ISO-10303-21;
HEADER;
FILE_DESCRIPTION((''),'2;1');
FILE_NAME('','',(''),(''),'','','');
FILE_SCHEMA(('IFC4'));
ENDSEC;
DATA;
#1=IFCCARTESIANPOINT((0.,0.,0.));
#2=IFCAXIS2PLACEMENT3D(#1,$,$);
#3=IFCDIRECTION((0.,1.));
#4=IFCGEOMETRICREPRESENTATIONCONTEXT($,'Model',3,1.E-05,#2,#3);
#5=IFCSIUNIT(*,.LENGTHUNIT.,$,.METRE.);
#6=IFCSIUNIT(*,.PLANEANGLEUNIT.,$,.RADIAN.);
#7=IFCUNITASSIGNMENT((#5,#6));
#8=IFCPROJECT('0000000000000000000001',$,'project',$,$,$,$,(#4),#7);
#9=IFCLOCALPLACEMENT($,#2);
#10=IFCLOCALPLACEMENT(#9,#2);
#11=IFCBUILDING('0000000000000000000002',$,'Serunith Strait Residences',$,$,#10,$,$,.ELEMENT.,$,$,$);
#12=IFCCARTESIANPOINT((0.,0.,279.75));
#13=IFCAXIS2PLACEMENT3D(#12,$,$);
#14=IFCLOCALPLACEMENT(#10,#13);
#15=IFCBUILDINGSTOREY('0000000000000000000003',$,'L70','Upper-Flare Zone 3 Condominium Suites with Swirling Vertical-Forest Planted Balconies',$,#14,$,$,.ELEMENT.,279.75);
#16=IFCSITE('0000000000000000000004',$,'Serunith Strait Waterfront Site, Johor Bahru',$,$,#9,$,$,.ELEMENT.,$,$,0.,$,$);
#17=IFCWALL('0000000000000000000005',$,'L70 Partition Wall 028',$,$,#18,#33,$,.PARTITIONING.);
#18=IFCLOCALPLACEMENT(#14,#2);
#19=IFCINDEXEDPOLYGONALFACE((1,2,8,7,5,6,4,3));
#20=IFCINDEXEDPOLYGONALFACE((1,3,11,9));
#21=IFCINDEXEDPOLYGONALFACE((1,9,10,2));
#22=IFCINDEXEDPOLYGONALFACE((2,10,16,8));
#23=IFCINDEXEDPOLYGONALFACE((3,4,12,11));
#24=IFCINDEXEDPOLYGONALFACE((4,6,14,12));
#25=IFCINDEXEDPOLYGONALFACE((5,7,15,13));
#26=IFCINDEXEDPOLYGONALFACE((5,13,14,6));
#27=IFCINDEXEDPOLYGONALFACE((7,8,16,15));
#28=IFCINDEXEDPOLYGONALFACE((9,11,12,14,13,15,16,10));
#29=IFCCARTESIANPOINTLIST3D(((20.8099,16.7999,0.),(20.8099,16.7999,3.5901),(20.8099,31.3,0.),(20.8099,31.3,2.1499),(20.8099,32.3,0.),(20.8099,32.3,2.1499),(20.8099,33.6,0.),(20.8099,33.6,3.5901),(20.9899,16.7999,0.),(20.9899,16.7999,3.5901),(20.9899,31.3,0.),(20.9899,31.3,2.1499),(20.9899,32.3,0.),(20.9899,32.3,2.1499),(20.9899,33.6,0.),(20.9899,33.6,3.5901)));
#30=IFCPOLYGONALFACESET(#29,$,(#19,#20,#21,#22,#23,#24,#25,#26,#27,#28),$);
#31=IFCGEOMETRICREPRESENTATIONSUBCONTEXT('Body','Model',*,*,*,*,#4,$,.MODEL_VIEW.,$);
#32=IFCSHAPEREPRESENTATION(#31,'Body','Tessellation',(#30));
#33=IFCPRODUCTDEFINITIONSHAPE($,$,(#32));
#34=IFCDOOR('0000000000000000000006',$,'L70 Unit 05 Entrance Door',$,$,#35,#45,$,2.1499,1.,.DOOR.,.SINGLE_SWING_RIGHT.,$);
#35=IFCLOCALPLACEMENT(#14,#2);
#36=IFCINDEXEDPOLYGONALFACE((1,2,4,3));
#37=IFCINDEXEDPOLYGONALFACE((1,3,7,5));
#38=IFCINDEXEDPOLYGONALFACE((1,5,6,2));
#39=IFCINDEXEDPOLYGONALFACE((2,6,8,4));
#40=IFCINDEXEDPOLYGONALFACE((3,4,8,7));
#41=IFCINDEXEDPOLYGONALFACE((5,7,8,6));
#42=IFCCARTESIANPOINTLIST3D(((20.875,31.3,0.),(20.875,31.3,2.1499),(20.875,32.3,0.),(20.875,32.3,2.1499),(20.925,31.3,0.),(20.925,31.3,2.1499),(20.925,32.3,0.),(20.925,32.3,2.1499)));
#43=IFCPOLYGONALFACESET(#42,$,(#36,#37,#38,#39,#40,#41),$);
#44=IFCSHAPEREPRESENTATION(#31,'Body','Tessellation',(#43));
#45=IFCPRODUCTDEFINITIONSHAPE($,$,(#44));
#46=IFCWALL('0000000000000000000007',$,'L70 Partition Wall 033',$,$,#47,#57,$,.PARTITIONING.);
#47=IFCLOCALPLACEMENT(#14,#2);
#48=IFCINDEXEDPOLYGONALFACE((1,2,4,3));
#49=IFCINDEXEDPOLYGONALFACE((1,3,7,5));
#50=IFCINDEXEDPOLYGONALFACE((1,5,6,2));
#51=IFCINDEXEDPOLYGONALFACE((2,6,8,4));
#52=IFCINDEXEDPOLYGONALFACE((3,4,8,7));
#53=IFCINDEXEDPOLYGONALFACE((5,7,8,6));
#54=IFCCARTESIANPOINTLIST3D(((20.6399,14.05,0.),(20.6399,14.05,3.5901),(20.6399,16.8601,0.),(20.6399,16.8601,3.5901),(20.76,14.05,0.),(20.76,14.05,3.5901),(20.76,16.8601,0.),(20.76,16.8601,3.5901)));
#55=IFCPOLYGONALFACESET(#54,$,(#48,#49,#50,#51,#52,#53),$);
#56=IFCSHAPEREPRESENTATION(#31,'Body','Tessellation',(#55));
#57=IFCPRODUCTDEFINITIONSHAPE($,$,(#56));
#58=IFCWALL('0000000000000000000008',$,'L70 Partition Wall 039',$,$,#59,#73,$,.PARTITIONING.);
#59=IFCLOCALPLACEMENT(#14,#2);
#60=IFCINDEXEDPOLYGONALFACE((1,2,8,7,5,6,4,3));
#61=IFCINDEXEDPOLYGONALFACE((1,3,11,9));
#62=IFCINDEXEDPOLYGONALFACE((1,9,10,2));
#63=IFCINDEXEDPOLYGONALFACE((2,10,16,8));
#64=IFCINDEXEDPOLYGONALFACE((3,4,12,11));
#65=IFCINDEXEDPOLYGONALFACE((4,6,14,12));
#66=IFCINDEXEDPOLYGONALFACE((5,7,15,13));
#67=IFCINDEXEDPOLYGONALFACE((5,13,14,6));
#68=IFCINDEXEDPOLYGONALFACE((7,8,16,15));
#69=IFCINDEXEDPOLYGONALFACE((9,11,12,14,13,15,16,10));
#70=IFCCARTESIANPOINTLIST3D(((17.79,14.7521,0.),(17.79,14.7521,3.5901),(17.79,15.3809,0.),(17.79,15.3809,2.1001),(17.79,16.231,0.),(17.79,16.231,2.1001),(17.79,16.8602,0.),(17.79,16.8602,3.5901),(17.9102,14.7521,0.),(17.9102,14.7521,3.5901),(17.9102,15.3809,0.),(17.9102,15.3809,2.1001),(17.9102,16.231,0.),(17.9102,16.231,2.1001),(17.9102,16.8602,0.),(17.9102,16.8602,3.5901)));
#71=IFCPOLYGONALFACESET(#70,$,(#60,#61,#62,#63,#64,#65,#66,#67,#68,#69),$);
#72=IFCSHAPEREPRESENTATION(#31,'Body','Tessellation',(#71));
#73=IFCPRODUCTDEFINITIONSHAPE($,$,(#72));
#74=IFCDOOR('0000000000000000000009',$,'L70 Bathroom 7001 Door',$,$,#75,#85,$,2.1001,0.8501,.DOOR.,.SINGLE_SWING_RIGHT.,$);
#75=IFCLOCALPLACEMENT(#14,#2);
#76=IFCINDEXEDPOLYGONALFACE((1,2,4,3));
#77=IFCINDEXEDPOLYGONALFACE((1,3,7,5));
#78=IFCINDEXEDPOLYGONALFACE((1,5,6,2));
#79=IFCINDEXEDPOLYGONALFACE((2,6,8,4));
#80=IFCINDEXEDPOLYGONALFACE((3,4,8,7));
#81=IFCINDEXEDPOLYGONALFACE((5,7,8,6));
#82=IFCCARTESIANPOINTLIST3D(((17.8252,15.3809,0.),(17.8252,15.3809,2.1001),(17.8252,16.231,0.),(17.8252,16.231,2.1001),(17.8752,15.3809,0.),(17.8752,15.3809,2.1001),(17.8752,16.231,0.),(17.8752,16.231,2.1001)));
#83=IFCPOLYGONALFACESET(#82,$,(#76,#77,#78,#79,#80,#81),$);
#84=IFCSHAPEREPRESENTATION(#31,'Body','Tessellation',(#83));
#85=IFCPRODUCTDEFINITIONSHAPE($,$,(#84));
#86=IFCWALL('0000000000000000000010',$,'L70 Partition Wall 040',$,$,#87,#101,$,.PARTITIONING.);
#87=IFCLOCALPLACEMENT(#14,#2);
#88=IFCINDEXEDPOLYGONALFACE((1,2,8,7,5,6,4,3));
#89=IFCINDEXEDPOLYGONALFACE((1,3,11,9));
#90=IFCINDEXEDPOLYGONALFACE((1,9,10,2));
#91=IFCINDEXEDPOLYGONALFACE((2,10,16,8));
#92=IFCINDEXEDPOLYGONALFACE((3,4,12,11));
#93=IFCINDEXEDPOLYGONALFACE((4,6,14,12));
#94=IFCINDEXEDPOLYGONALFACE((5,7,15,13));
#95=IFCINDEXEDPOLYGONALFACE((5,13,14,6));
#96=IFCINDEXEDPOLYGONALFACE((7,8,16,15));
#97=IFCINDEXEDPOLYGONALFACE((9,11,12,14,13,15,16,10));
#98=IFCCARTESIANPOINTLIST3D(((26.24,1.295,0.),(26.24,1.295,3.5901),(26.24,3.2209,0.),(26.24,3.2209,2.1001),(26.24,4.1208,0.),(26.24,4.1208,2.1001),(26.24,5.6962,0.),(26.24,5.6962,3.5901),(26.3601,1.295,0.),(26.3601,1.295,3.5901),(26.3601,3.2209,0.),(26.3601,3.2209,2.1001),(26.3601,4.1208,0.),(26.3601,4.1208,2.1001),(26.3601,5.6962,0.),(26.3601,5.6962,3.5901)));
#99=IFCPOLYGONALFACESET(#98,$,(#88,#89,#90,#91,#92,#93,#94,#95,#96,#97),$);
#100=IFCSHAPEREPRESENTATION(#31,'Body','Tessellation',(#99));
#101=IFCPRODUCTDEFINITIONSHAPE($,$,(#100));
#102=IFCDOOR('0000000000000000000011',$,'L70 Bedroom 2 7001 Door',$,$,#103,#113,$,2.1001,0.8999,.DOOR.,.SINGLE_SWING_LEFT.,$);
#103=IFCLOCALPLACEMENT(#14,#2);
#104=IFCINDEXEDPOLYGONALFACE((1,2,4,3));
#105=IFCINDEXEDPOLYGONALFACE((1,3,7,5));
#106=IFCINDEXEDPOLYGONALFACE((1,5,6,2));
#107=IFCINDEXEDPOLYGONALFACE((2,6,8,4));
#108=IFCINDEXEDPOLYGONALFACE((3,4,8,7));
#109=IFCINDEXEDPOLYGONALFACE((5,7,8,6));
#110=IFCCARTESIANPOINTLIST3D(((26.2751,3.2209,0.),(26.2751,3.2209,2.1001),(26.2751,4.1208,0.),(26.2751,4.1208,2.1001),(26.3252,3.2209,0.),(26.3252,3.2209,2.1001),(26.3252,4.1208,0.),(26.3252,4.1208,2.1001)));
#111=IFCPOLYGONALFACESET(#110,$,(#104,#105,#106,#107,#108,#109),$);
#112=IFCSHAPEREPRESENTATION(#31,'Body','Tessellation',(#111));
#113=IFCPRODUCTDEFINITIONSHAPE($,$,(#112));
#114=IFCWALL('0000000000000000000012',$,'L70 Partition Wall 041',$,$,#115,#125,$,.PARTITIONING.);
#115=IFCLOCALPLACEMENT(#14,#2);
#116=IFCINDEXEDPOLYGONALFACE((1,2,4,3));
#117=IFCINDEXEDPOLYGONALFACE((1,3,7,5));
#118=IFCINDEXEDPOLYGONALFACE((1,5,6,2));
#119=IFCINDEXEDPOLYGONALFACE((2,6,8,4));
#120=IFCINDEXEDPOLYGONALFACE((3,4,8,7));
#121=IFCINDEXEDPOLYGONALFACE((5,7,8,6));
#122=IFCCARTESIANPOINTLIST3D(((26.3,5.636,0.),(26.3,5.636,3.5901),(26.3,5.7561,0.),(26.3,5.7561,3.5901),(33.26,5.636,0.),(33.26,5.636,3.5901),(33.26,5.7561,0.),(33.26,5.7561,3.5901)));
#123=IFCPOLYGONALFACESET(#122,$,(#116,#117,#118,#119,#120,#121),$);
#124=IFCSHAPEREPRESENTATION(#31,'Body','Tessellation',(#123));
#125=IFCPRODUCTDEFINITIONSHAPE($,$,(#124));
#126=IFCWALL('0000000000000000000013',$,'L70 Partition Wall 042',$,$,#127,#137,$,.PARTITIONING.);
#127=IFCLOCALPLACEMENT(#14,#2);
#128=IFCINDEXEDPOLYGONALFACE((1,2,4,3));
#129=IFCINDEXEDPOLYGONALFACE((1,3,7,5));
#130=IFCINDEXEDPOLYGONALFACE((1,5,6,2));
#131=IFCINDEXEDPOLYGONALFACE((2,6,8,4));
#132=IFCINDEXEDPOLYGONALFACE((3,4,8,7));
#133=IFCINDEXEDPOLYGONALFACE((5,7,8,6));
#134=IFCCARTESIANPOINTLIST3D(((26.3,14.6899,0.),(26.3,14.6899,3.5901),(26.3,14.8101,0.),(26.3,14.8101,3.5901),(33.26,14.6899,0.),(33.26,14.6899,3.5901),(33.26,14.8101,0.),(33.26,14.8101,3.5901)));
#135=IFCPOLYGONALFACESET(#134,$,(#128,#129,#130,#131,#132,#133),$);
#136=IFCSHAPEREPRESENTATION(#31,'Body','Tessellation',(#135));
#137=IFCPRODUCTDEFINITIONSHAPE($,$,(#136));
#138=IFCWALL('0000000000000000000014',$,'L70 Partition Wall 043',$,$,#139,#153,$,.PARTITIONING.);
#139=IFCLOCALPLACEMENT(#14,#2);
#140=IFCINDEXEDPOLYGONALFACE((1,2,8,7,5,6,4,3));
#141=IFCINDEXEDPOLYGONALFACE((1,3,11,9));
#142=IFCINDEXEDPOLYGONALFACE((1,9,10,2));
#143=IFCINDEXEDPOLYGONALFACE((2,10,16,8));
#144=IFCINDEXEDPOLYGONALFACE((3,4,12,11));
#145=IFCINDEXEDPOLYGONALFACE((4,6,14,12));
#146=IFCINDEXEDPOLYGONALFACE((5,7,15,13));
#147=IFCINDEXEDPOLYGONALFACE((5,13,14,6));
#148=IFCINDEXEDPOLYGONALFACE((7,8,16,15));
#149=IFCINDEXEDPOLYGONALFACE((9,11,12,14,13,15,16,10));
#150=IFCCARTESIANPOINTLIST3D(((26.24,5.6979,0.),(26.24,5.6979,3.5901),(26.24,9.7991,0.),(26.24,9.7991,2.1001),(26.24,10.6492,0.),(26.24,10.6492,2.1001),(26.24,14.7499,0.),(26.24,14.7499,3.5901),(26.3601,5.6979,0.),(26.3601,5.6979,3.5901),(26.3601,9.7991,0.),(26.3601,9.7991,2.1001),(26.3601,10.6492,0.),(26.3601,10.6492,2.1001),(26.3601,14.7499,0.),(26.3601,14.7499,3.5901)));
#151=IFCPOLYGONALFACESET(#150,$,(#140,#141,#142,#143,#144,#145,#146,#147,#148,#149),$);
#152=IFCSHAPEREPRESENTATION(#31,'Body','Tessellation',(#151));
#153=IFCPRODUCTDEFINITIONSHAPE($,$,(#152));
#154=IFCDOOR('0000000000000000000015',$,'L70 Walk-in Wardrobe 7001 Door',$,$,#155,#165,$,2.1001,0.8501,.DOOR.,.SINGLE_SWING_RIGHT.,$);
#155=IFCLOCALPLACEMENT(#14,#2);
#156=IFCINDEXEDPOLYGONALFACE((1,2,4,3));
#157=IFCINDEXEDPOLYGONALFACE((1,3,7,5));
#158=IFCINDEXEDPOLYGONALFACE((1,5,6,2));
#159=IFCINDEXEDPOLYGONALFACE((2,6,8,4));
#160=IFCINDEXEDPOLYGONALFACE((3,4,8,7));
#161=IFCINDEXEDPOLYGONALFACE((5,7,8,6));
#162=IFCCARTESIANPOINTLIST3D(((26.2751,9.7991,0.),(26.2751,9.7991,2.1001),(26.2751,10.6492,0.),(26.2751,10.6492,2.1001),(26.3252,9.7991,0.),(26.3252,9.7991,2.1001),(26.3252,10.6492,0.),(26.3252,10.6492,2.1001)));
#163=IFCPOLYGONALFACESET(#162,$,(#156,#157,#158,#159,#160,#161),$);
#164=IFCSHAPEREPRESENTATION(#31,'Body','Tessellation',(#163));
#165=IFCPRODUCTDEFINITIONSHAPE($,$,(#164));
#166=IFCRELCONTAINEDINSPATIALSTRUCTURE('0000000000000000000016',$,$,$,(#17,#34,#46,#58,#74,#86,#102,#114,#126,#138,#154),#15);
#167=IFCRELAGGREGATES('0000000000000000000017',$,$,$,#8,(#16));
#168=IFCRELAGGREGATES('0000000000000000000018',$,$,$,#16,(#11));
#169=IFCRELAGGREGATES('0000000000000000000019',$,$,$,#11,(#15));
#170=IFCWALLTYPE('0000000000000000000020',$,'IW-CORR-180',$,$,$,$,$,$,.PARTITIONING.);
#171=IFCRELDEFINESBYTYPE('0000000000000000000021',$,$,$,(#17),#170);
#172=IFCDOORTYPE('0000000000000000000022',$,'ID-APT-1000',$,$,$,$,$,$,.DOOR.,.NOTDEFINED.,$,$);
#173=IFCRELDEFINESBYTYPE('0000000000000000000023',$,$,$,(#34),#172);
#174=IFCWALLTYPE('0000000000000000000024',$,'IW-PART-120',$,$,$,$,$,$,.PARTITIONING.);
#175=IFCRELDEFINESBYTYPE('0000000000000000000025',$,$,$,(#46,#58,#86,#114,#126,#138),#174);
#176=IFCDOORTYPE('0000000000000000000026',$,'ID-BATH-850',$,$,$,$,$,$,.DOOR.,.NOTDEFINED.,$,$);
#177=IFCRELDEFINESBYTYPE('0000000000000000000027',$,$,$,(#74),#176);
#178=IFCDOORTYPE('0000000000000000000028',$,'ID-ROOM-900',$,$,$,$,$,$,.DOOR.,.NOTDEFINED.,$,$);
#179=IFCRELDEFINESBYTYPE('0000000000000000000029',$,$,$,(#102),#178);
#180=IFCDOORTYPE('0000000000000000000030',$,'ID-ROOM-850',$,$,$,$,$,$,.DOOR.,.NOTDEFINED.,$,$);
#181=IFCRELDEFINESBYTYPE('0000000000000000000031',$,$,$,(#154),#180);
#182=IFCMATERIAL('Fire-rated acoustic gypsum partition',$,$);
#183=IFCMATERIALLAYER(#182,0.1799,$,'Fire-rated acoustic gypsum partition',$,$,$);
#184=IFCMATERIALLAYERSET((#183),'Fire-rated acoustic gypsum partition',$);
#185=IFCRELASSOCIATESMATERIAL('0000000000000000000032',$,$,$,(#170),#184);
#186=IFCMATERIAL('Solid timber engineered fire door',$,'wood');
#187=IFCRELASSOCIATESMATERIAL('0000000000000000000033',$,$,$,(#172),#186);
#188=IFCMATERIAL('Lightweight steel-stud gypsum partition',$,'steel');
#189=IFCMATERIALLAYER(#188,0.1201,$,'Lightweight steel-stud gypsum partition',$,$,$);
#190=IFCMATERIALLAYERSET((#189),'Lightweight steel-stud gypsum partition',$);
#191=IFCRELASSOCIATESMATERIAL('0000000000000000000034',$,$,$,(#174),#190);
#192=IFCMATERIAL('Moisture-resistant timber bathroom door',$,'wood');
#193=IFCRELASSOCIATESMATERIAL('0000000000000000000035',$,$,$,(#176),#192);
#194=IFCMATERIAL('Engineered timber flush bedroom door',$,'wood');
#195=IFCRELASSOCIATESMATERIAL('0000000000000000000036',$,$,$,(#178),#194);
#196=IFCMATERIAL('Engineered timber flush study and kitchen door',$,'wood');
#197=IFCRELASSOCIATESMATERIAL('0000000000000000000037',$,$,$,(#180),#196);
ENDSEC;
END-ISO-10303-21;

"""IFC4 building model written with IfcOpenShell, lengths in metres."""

from ifc_helpers import new_model, si_unit, direction, frame, frame_2d, origin, place, context, subcontext, project, spatial, rectangle, extrude, source, transform, mapped, material, layer, layer_set, type_object, element, fill, save


model = new_model("IFC4")

# Units and contexts
model_context = context("Model", 3, precision=1e-05, world=origin(), true_north=direction((0.0, 1.0)))
body_context = subcontext(model_context, "Body", "Model", "MODEL_VIEW")
ifc_project = project(units=[si_unit("LENGTHUNIT", "METRE"), si_unit("PLANEANGLEUNIT", "RADIAN")], contexts=[model_context])

# Site, building, storey
site_placement = place(None, origin())
site = spatial("IfcSite", under=ifc_project, at=site_placement, Name="Serunith Strait Waterfront Site, Johor Bahru", CompositionType="ELEMENT", RefElevation=0.0)
building_placement = place(site_placement, origin())
building = spatial("IfcBuilding", under=site, at=building_placement, Name="Serunith Strait Residences", CompositionType="ELEMENT")
storey_placement = place(building_placement, frame((0.0, 0.0, 279.75)))
storey = spatial("IfcBuildingStorey", under=building, at=storey_placement, Name="L70", Description="Upper-Flare Zone 3 Condominium Suites with Swirling Vertical-Forest Planted Balconies", CompositionType="ELEMENT", Elevation=279.75)

# Wall, opening, door
ifc_material_1 = material(Name="Fire-rated acoustic gypsum partition")
ifc_layer_1 = layer(ifc_material_1, 0.1799, Name="Fire-rated acoustic gypsum partition")
ifc_layer_set_1 = layer_set([ifc_layer_1], Name="Fire-rated acoustic gypsum partition")
wall_type_1 = type_object("IfcWallType", Name="IW-CORR-180", PredefinedType="PARTITIONING", material=ifc_layer_set_1)
ifc_material_2 = material(Name="Solid timber engineered fire door", Category="wood")
door_type_1 = type_object("IfcDoorType", Name="ID-APT-1000", OperationType="NOTDEFINED", PredefinedType="DOOR", material=ifc_material_2)
shared_shape_1 = source(origin(), body_context, "Body", "SweptSolid", [
    extrude(rectangle(XDim=1.0, YDim=2.1499, at=frame_2d((0.5, 1.075))), frame((0.0, 0.0249, 0.0), z_axis=(0.0, -1.0, 0.0), x_axis=(1.0, 0.0, 0.0)), (0.0, 0.0, 1.0), 0.05),
])
wall_1_placement = place(storey_placement, frame((20.8999, 16.8, 0.0), z_axis=(0.0, 0.0, 1.0), x_axis=(0.0, 1.0, 0.0)))
wall_1 = element("IfcWall", 1, at=wall_1_placement, inside=storey, type_object=wall_type_1, Name="L70 Partition Wall 028", PredefinedType="PARTITIONING", context=body_context, shape_type="SweptSolid", body=[
    extrude(rectangle(XDim=16.8, YDim=0.1799, at=frame_2d((8.3999, 0.0))), origin(), (0.0, 0.0, 1.0), 3.5901),
])
opening_1_placement = place(wall_1_placement, frame((14.5, 0.0, 0.0)))
opening_1 = element("IfcOpeningElement", 2, at=opening_1_placement, cuts=wall_1, PredefinedType="OPENING", context=body_context, shape_type="SweptSolid", body=[
    extrude(rectangle(XDim=1.0, YDim=2.1499, at=frame_2d((0.5, 1.075))), frame((0.0, 0.1001, 0.0), z_axis=(0.0, -1.0, 0.0), x_axis=(1.0, 0.0, 0.0)), (0.0, 0.0, 1.0), 0.2),
])
door_1_placement = place(opening_1_placement, origin())
door_1 = element("IfcDoor", 3, at=door_1_placement, inside=storey, type_object=door_type_1, Name="L70 Unit 05 Entrance Door", OperationType="SINGLE_SWING_RIGHT", OverallHeight=2.1499, OverallWidth=1.0, PredefinedType="DOOR", context=body_context, shape_type="MappedRepresentation", body=[
    mapped(shared_shape_1, transform((0.0, 0.0, 0.0), scale=1.0)),
])
fill(opening_1, door_1)

# Wall
ifc_material_3 = material(Name="Lightweight steel-stud gypsum partition", Category="steel")
ifc_layer_2 = layer(ifc_material_3, 0.1201, Name="Lightweight steel-stud gypsum partition")
ifc_layer_set_2 = layer_set([ifc_layer_2], Name="Lightweight steel-stud gypsum partition")
wall_type_2 = type_object("IfcWallType", Name="IW-PART-120", PredefinedType="PARTITIONING", material=ifc_layer_set_2)
wall_2_placement = place(storey_placement, frame((20.7, 14.05, 0.0), z_axis=(0.0, 0.0, 1.0), x_axis=(0.0, 1.0, 0.0)))
element("IfcWall", 4, at=wall_2_placement, inside=storey, type_object=wall_type_2, Name="L70 Partition Wall 033", PredefinedType="PARTITIONING", context=body_context, shape_type="SweptSolid", body=[
    extrude(rectangle(XDim=2.8101, YDim=0.1201, at=frame_2d((1.405, 0.0))), origin(), (0.0, 0.0, 1.0), 3.5901),
])

# Walls, openings, doors
wall_3_placement = place(storey_placement, frame((17.8501, 14.752, 0.0), z_axis=(0.0, 0.0, 1.0), x_axis=(0.0, 1.0, 0.0)))
wall_3 = element("IfcWall", 5, at=wall_3_placement, inside=storey, type_object=wall_type_2, Name="L70 Partition Wall 039", PredefinedType="PARTITIONING", context=body_context, shape_type="SweptSolid", body=[
    extrude(rectangle(XDim=2.1082, YDim=0.1201, at=frame_2d((1.0542, 0.0))), origin(), (0.0, 0.0, 1.0), 3.5901),
])
opening_2_placement = place(wall_3_placement, frame((0.6289, 0.0, 0.0)))
opening_2 = element("IfcOpeningElement", 6, at=opening_2_placement, cuts=wall_3, PredefinedType="OPENING", context=body_context, shape_type="SweptSolid", body=[
    extrude(rectangle(XDim=0.8501, YDim=2.1001, at=frame_2d((0.425, 1.05))), frame((0.0, 0.0701, 0.0), z_axis=(0.0, -1.0, 0.0), x_axis=(1.0, 0.0, 0.0)), (0.0, 0.0, 1.0), 0.1401),
])
ifc_material_4 = material(Name="Moisture-resistant timber bathroom door", Category="wood")
door_type_2 = type_object("IfcDoorType", Name="ID-BATH-850", OperationType="NOTDEFINED", PredefinedType="DOOR", material=ifc_material_4)
shared_shape_2 = source(origin(), body_context, "Body", "SweptSolid", [
    extrude(rectangle(XDim=0.8501, YDim=2.1001, at=frame_2d((0.425, 1.05))), frame((0.0, 0.0249, 0.0), z_axis=(0.0, -1.0, 0.0), x_axis=(1.0, 0.0, 0.0)), (0.0, 0.0, 1.0), 0.05),
])
door_2_placement = place(opening_2_placement, origin())
door_2 = element("IfcDoor", 7, at=door_2_placement, inside=storey, type_object=door_type_2, Name="L70 Bathroom 7001 Door", OperationType="SINGLE_SWING_RIGHT", OverallHeight=2.1001, OverallWidth=0.8501, PredefinedType="DOOR", context=body_context, shape_type="MappedRepresentation", body=[
    mapped(shared_shape_2, transform((0.0, 0.0, 0.0), scale=1.0)),
])
fill(opening_2, door_2)
wall_4_placement = place(storey_placement, frame((26.3, 1.2949, 0.0), z_axis=(0.0, 0.0, 1.0), x_axis=(0.0, 1.0, 0.0)))
wall_4 = element("IfcWall", 8, at=wall_4_placement, inside=storey, type_object=wall_type_2, Name="L70 Partition Wall 040", PredefinedType="PARTITIONING", context=body_context, shape_type="SweptSolid", body=[
    extrude(rectangle(XDim=4.4011, YDim=0.1201, at=frame_2d((2.2007, 0.0))), origin(), (0.0, 0.0, 1.0), 3.5901),
])
opening_3_placement = place(wall_4_placement, frame((1.926, 0.0, 0.0)))
opening_3 = element("IfcOpeningElement", 9, at=opening_3_placement, cuts=wall_4, PredefinedType="OPENING", context=body_context, shape_type="SweptSolid", body=[
    extrude(rectangle(XDim=0.8999, YDim=2.1001, at=frame_2d((0.45, 1.05))), frame((0.0, 0.0701, 0.0), z_axis=(0.0, -1.0, 0.0), x_axis=(1.0, 0.0, 0.0)), (0.0, 0.0, 1.0), 0.1401),
])
ifc_material_5 = material(Name="Engineered timber flush bedroom door", Category="wood")
door_type_3 = type_object("IfcDoorType", Name="ID-ROOM-900", OperationType="NOTDEFINED", PredefinedType="DOOR", material=ifc_material_5)
shared_shape_3 = source(origin(), body_context, "Body", "SweptSolid", [
    extrude(rectangle(XDim=0.8999, YDim=2.1001, at=frame_2d((0.45, 1.05))), frame((0.0, 0.0249, 0.0), z_axis=(0.0, -1.0, 0.0), x_axis=(1.0, 0.0, 0.0)), (0.0, 0.0, 1.0), 0.05),
])
door_3_placement = place(opening_3_placement, origin())
door_3 = element("IfcDoor", 10, at=door_3_placement, inside=storey, type_object=door_type_3, Name="L70 Bedroom 2 7001 Door", OperationType="SINGLE_SWING_LEFT", OverallHeight=2.1001, OverallWidth=0.8999, PredefinedType="DOOR", context=body_context, shape_type="MappedRepresentation", body=[
    mapped(shared_shape_3, transform((0.0, 0.0, 0.0), scale=1.0)),
])
fill(opening_3, door_3)

# Walls
for number, where, z_axis, x_axis, name in (
    (11, (26.3, 5.696, 0.0), (0.0, 0.0, 1.0), (1.0, 0.0, 0.0), "L70 Partition Wall 041"),
    (12, (26.3, 14.75, 0.0), (0.0, 0.0, 1.0), (1.0, 0.0, 0.0), "L70 Partition Wall 042"),
):
    element("IfcWall", number, at=place(storey_placement, frame(where, z_axis=z_axis, x_axis=x_axis)), inside=storey, type_object=wall_type_2, Name=name, PredefinedType="PARTITIONING", context=body_context, shape_type="SweptSolid", body=[
        extrude(rectangle(XDim=6.96, YDim=0.1201, at=frame_2d((3.48, 0.0))), origin(), (0.0, 0.0, 1.0), 3.5901),
    ])

# Wall, opening, door
wall_5_placement = place(storey_placement, frame((26.3, 5.698, 0.0), z_axis=(0.0, 0.0, 1.0), x_axis=(0.0, 1.0, 0.0)))
wall_5 = element("IfcWall", 13, at=wall_5_placement, inside=storey, type_object=wall_type_2, Name="L70 Partition Wall 043", PredefinedType="PARTITIONING", context=body_context, shape_type="SweptSolid", body=[
    extrude(rectangle(XDim=9.052, YDim=0.1201, at=frame_2d((4.5259, 0.0))), origin(), (0.0, 0.0, 1.0), 3.5901),
])
opening_4_placement = place(wall_5_placement, frame((4.1011, 0.0, 0.0)))
opening_4 = element("IfcOpeningElement", 14, at=opening_4_placement, cuts=wall_5, PredefinedType="OPENING", context=body_context, shape_type="SweptSolid", body=[
    extrude(rectangle(XDim=0.8501, YDim=2.1001, at=frame_2d((0.425, 1.05))), frame((0.0, 0.0701, 0.0), z_axis=(0.0, -1.0, 0.0), x_axis=(1.0, 0.0, 0.0)), (0.0, 0.0, 1.0), 0.1401),
])
ifc_material_6 = material(Name="Engineered timber flush study and kitchen door", Category="wood")
door_type_4 = type_object("IfcDoorType", Name="ID-ROOM-850", OperationType="NOTDEFINED", PredefinedType="DOOR", material=ifc_material_6)
door_4_placement = place(opening_4_placement, origin())
door_4 = element("IfcDoor", 15, at=door_4_placement, inside=storey, type_object=door_type_4, Name="L70 Walk-in Wardrobe 7001 Door", OperationType="SINGLE_SWING_RIGHT", OverallHeight=2.1001, OverallWidth=0.8501, PredefinedType="DOOR", context=body_context, shape_type="MappedRepresentation", body=[
    mapped(shared_shape_2, transform((0.0, 0.0, 0.0), scale=1.0)),
])
fill(opening_4, door_4)

save(model, "model.ifc")
